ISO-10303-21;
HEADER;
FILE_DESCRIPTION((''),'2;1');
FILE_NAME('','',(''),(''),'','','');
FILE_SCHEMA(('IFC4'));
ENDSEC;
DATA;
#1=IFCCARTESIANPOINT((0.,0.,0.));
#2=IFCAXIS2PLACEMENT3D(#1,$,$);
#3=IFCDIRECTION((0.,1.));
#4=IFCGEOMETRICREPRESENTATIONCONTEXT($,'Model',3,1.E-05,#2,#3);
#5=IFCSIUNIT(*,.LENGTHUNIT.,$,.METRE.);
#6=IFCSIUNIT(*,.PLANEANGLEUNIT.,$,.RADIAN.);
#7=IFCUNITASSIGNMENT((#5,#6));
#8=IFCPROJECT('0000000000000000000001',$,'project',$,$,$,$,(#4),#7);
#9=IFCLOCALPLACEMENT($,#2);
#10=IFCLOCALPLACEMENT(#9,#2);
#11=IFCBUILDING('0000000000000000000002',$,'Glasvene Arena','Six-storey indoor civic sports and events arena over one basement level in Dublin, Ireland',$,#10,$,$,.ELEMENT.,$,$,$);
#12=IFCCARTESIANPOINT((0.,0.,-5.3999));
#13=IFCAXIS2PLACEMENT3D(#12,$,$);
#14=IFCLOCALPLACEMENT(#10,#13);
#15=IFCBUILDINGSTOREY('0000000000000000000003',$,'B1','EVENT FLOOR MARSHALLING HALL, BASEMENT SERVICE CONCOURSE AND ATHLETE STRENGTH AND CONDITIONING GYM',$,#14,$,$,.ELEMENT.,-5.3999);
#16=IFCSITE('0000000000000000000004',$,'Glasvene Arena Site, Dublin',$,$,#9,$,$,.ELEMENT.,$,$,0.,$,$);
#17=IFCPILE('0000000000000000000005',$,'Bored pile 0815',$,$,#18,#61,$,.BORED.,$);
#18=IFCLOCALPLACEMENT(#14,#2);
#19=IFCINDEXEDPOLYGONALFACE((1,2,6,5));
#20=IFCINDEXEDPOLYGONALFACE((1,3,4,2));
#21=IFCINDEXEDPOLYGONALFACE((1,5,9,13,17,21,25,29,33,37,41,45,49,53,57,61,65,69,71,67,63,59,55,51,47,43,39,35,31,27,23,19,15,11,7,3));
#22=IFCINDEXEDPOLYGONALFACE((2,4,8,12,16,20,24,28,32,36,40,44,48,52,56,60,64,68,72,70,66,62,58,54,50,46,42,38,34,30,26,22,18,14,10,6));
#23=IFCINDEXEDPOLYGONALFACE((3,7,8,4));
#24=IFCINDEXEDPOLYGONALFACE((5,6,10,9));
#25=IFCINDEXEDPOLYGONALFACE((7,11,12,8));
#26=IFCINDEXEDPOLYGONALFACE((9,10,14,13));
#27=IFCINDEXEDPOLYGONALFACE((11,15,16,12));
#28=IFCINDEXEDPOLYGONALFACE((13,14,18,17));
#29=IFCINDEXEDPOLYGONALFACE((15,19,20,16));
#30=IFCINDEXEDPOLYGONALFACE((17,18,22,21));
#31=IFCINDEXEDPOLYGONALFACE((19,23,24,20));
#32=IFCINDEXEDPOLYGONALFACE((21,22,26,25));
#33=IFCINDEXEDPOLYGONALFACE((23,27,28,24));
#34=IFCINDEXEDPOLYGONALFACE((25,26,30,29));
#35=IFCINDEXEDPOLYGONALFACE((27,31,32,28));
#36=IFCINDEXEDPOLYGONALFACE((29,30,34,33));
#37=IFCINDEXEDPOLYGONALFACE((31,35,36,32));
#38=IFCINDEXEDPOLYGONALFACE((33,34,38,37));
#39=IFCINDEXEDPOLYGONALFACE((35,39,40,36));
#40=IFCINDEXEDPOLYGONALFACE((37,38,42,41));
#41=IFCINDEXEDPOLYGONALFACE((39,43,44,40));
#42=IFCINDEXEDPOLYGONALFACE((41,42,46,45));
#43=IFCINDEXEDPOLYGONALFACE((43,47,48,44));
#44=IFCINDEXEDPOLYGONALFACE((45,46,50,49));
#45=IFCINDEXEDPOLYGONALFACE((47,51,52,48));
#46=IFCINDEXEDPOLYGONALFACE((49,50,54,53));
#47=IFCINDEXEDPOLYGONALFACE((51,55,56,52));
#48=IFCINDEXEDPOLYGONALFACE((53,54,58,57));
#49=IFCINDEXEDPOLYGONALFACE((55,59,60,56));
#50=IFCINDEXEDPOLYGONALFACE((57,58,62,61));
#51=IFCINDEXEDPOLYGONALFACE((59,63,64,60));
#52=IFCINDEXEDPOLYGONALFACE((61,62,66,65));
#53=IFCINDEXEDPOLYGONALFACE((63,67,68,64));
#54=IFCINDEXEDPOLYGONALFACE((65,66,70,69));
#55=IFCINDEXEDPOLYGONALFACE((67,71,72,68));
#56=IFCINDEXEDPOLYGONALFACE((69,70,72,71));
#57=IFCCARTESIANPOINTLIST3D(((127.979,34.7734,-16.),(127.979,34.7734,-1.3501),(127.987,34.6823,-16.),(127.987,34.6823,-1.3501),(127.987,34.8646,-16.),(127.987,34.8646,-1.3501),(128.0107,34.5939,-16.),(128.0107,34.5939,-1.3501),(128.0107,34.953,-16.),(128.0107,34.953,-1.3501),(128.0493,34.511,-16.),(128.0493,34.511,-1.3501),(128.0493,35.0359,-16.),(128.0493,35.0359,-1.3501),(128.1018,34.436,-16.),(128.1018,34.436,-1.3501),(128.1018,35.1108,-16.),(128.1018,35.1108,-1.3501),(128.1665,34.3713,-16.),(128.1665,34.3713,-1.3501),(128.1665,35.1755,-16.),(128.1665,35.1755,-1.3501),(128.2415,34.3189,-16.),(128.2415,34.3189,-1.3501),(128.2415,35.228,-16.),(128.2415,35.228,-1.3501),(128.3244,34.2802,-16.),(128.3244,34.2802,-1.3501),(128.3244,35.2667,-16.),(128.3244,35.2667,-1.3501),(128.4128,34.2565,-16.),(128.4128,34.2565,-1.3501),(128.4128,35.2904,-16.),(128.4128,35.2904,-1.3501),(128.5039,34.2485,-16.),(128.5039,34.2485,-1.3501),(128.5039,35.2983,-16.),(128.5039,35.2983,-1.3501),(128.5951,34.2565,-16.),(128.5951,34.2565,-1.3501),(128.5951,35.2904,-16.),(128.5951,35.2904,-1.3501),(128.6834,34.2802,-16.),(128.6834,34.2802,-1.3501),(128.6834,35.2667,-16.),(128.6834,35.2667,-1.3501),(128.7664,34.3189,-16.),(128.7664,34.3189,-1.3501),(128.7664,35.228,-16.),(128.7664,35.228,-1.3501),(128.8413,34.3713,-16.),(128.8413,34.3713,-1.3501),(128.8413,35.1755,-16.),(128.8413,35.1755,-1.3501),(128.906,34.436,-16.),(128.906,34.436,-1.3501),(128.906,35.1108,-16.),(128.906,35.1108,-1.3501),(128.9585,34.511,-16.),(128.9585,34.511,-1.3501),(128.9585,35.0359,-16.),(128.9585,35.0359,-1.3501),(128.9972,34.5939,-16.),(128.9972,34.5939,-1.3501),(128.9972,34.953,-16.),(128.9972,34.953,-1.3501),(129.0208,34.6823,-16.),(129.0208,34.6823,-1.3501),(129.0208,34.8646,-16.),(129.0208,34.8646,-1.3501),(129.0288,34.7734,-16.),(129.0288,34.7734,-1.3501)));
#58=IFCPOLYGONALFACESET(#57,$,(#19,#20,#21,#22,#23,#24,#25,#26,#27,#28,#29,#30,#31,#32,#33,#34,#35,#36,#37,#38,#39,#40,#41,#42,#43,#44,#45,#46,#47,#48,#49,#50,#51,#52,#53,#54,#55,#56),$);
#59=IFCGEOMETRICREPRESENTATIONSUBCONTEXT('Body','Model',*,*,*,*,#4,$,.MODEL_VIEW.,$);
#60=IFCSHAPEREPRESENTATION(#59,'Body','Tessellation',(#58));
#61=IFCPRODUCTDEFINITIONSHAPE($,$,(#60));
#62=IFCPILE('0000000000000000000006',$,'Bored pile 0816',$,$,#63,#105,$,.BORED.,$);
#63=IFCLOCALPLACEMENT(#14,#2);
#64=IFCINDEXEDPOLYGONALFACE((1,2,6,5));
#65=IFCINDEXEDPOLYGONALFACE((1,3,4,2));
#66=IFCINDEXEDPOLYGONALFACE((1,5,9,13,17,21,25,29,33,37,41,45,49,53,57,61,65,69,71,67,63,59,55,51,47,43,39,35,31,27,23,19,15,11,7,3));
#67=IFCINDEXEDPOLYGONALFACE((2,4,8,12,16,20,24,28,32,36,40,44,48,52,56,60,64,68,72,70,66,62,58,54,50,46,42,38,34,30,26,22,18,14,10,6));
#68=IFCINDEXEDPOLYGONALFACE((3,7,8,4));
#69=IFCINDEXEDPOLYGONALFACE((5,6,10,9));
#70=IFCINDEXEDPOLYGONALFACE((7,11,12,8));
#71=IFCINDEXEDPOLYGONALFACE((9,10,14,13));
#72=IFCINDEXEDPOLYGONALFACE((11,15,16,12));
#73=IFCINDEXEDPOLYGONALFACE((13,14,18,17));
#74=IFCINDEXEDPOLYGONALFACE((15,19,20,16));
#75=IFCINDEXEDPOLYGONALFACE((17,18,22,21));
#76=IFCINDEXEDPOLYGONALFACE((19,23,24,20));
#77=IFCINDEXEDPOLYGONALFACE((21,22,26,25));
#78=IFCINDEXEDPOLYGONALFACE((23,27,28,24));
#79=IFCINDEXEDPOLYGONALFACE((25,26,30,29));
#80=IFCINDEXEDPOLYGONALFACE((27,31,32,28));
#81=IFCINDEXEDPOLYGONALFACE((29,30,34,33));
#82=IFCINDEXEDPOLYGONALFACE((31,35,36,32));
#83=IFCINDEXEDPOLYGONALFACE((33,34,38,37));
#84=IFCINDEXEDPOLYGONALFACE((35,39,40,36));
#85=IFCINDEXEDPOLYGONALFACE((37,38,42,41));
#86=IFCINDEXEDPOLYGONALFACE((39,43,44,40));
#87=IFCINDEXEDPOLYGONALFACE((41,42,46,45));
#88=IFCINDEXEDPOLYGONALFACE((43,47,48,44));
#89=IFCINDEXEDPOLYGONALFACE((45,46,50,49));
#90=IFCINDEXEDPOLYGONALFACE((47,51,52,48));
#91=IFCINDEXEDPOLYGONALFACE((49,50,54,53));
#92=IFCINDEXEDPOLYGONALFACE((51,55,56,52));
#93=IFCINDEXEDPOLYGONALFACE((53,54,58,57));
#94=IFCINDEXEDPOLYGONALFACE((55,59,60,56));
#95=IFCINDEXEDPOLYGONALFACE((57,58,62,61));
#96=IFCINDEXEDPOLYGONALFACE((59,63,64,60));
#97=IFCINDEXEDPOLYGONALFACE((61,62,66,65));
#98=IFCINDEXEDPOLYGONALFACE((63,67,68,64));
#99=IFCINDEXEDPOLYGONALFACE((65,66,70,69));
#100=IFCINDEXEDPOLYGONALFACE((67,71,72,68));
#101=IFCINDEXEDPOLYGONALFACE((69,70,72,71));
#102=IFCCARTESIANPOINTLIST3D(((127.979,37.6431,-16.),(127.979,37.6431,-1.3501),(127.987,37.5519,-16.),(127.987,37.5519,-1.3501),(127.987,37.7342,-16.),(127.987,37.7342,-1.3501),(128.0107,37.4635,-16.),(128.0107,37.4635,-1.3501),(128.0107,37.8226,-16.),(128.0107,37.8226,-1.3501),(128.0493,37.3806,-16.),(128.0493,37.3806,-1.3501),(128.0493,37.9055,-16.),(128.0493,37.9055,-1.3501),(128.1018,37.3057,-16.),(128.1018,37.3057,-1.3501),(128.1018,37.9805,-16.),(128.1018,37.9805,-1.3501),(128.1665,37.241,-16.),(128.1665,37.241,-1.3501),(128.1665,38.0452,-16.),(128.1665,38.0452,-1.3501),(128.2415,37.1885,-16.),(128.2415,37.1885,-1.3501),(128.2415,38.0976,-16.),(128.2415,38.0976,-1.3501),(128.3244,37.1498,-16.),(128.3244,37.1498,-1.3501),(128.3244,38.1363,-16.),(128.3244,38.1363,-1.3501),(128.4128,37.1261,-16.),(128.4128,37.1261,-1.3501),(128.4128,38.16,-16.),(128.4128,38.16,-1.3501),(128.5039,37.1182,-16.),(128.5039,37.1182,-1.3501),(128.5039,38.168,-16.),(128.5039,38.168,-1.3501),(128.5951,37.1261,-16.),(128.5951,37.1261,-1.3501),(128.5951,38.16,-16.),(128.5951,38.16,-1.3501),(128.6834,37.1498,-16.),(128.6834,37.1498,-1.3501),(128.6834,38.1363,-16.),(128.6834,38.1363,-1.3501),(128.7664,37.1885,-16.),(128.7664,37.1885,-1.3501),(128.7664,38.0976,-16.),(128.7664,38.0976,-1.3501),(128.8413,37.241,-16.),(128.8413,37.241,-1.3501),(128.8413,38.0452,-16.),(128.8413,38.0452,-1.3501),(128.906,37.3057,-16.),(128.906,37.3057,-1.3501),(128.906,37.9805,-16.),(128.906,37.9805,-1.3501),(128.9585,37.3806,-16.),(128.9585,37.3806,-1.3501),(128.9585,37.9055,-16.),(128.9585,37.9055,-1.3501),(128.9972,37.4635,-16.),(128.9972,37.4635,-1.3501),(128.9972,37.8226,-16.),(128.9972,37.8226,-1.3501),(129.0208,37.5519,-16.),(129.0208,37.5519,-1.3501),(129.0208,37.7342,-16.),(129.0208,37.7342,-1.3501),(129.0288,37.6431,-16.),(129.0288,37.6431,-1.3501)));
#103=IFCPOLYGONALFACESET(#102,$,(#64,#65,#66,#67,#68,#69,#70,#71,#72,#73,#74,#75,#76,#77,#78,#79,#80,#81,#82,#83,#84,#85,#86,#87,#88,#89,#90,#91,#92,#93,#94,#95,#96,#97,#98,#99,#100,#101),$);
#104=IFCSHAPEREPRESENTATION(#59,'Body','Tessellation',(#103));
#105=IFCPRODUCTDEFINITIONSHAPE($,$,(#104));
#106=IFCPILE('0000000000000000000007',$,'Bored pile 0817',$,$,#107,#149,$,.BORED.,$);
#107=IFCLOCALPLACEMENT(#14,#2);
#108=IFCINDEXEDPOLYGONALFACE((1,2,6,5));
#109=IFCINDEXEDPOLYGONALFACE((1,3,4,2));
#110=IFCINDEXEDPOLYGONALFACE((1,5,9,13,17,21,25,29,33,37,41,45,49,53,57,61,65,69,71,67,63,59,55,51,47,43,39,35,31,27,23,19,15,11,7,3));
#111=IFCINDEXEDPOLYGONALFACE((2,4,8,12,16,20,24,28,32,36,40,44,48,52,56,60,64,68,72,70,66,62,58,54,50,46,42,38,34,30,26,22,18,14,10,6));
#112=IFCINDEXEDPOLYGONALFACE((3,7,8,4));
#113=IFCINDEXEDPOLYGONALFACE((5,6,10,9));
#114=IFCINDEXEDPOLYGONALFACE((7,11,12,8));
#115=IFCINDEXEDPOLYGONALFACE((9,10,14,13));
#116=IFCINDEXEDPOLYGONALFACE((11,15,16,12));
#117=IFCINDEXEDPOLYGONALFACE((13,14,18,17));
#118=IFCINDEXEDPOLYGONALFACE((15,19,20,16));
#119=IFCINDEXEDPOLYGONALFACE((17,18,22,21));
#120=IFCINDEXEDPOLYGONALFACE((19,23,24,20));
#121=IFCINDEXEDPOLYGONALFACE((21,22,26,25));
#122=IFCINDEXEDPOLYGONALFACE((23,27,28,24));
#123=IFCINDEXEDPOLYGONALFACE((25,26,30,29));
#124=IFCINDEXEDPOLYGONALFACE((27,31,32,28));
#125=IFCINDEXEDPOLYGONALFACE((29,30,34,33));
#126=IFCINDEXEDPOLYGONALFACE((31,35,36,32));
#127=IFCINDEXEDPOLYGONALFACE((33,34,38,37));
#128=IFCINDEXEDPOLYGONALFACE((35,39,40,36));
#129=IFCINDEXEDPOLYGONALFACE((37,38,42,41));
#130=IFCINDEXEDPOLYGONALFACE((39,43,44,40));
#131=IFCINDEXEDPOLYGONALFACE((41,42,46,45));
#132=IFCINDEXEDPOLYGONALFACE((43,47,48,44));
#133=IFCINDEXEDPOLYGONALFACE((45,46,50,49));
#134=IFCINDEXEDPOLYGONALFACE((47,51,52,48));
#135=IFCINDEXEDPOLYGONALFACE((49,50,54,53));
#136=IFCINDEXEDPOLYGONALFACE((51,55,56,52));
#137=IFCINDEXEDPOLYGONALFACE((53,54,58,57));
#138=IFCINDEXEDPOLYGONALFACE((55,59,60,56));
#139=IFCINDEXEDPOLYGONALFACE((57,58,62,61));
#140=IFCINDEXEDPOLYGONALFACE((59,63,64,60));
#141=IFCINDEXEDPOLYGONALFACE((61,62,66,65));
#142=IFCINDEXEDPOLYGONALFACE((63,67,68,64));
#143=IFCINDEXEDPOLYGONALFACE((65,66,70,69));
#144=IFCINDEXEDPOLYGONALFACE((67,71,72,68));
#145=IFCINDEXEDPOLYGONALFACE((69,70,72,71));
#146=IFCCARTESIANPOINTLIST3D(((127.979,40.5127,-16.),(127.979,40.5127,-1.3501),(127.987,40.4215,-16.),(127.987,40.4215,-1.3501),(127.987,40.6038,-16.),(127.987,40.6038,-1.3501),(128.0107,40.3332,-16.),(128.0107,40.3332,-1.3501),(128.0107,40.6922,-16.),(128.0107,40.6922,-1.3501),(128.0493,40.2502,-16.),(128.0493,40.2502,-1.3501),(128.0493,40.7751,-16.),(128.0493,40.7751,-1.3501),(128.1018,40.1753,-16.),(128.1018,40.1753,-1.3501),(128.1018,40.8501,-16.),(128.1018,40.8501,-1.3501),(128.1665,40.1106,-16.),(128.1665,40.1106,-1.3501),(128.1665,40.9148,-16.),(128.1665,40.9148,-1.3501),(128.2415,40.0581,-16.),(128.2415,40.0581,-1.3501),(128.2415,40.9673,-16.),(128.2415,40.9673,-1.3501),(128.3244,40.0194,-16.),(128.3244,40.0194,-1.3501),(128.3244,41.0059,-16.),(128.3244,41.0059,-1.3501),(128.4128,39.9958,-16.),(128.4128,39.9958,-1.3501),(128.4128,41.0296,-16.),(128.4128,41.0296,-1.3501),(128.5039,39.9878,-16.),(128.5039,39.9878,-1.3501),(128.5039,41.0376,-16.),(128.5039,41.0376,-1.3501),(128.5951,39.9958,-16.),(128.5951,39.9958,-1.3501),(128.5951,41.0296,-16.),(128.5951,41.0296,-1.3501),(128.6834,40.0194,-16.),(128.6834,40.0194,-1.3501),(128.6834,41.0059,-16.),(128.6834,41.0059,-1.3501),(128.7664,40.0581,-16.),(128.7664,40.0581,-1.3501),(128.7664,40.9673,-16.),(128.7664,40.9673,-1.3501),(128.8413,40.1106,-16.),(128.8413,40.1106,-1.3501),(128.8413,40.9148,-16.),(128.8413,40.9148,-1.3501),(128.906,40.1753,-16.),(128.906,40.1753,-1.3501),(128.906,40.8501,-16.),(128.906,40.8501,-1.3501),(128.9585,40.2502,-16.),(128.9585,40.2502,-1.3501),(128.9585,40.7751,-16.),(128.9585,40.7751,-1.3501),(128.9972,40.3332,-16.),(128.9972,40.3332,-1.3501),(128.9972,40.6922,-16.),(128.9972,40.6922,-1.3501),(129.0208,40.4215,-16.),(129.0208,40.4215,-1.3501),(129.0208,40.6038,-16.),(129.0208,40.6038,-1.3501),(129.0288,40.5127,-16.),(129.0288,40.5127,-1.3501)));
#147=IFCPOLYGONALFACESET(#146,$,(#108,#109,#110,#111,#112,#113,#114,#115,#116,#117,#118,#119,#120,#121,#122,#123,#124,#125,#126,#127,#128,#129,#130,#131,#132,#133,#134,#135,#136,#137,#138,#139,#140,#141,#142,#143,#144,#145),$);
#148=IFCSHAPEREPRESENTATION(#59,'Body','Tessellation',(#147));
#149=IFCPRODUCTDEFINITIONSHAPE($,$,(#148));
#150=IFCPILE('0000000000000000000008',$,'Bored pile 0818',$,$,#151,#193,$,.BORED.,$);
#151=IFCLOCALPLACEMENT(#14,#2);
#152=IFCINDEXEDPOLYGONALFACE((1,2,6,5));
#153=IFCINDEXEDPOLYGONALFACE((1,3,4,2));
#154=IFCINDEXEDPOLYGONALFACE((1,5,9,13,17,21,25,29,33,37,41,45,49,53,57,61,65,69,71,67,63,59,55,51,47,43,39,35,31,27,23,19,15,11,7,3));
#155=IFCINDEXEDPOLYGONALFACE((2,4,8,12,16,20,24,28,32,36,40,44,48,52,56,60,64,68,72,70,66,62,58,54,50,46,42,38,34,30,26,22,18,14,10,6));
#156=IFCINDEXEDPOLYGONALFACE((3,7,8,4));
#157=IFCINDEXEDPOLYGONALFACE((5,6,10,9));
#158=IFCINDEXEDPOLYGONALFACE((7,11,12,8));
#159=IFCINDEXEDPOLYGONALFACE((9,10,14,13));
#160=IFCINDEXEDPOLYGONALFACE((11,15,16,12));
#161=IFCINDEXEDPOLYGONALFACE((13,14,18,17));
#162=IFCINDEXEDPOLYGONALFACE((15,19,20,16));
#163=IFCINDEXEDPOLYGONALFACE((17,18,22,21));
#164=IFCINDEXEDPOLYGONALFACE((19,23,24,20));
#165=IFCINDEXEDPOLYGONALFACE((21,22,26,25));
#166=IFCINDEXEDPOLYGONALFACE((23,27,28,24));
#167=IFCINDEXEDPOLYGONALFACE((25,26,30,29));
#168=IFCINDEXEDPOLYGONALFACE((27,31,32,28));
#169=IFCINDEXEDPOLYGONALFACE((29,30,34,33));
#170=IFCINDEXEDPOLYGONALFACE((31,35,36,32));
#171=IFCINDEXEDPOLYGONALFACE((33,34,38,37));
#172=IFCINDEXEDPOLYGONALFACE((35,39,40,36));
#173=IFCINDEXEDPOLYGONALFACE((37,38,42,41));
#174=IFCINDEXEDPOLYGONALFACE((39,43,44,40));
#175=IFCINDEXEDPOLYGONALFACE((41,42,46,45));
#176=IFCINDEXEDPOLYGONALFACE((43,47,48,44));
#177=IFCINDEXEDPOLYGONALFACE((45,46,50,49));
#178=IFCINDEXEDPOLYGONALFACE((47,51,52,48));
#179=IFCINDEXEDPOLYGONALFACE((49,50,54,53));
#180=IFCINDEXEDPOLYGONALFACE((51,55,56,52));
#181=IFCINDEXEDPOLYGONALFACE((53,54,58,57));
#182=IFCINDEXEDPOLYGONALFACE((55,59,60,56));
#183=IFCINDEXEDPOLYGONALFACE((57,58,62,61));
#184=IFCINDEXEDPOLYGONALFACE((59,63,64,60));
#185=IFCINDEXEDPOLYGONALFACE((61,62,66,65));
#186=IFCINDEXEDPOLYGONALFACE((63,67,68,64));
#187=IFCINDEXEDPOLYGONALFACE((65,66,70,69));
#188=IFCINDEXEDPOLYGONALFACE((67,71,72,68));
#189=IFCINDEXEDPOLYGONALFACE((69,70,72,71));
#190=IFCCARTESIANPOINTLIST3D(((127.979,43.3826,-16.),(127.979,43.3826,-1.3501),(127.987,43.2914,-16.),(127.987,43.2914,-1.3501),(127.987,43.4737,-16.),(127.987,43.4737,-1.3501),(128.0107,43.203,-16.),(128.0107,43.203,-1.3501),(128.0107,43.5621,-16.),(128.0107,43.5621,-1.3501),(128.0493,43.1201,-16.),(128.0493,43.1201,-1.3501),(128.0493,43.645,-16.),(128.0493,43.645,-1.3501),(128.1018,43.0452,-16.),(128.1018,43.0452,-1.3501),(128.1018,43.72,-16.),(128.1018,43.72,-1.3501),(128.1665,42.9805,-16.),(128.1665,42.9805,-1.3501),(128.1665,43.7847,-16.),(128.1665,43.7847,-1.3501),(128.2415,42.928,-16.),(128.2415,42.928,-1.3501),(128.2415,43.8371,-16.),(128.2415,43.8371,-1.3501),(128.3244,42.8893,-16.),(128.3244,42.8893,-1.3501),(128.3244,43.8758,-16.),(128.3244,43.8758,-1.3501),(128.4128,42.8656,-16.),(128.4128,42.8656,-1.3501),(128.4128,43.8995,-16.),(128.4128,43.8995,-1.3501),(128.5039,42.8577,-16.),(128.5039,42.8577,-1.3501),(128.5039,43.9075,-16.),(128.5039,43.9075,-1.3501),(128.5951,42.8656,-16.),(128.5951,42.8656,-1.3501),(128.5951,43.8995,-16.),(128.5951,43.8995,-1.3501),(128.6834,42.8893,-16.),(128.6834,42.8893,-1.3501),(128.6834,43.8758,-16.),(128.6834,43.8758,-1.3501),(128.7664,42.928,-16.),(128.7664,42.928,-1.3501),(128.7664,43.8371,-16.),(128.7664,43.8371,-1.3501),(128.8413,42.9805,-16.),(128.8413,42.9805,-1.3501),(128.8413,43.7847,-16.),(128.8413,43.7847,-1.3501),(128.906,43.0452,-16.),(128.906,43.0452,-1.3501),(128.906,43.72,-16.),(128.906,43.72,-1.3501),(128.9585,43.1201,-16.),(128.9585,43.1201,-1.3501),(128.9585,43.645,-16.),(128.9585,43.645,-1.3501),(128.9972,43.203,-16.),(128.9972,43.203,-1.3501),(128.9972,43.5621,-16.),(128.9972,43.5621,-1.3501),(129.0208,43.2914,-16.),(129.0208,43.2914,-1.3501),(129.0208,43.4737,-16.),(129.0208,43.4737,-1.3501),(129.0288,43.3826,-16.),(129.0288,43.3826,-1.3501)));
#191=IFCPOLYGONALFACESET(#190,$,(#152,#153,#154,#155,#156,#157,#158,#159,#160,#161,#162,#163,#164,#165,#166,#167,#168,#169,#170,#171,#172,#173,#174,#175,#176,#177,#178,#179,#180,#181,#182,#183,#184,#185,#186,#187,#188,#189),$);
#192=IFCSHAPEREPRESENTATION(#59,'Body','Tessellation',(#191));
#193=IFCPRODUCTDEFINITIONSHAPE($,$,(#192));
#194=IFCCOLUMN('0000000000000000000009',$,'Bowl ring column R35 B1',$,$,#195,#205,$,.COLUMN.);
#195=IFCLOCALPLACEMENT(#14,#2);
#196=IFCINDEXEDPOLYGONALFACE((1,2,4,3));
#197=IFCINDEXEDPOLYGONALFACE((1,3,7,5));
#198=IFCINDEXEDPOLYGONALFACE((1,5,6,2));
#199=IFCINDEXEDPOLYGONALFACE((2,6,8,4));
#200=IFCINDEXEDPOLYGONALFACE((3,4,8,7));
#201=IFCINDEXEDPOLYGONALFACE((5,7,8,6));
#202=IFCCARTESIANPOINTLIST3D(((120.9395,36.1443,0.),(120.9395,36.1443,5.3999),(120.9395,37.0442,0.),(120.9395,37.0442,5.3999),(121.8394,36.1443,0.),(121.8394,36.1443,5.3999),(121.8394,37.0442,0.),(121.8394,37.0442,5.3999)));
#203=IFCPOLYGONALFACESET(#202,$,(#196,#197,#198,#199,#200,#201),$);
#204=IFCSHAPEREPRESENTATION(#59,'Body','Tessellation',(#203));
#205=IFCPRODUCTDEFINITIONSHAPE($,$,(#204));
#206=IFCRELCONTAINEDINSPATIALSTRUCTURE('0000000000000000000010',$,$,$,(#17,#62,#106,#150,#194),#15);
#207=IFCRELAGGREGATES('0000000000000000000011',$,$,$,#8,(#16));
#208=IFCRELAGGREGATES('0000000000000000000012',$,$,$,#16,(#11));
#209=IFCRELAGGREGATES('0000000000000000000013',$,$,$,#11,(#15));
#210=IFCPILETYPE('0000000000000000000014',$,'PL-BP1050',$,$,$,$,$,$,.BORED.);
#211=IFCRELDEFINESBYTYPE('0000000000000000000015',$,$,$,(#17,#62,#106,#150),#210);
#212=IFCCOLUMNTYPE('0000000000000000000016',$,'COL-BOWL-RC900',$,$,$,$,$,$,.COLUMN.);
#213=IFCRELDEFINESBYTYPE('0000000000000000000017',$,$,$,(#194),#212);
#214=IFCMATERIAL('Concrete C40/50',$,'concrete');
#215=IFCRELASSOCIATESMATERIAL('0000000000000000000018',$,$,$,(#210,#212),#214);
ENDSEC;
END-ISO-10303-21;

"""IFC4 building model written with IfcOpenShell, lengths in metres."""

from ifc_helpers import new_model, si_unit, direction, frame, origin, origin_2d, place, context, subcontext, project, spatial, rectangle, circle, extrude, material, material_profile, profile_set, type_object, element, save


model = new_model("IFC4")

# Units and contexts
model_context = context("Model", 3, precision=1e-05, world=origin(), true_north=direction((0.0, 1.0)))
body_context = subcontext(model_context, "Body", "Model", "MODEL_VIEW")
ifc_project = project(units=[si_unit("LENGTHUNIT", "METRE"), si_unit("PLANEANGLEUNIT", "RADIAN")], contexts=[model_context])

# Site, building, storey
site_placement = place(None, origin())
site = spatial("IfcSite", under=ifc_project, at=site_placement, Name="Glasvene Arena Site, Dublin", CompositionType="ELEMENT", RefElevation=0.0)
building_placement = place(site_placement, origin())
building = spatial("IfcBuilding", under=site, at=building_placement, Name="Glasvene Arena", Description="Six-storey indoor civic sports and events arena over one basement level in Dublin, Ireland", CompositionType="ELEMENT")
storey_placement = place(building_placement, frame((0.0, 0.0, -5.3999)))
storey = spatial("IfcBuildingStorey", under=building, at=storey_placement, Name="B1", Description="EVENT FLOOR MARSHALLING HALL, BASEMENT SERVICE CONCOURSE AND ATHLETE STRENGTH AND CONDITIONING GYM", CompositionType="ELEMENT", Elevation=-5.3999)

# Piles
ifc_material_1 = material(Name="Concrete C40/50", Category="concrete")
ifc_material_profile_1 = material_profile(ifc_material_1, circle(Radius=0.5249, at=origin_2d()), Name="BORED PILE 1050")
ifc_profile_set_1 = profile_set([ifc_material_profile_1], Name="Concrete C40/50")
pile_type = type_object("IfcPileType", Name="PL-BP1050", PredefinedType="BORED", material=ifc_profile_set_1)
for number, where, z_axis, x_axis, name in (
    (1, (128.5039, 34.7734, -1.3501), (0.0, 0.0, -1.0), (1.0, 0.0, 0.0), "Bored pile 0815"),
    (2, (128.5039, 37.6431, -1.3501), (0.0, 0.0, -1.0), (1.0, 0.0, 0.0), "Bored pile 0816"),
    (3, (128.5039, 40.5127, -1.3501), (0.0, 0.0, -1.0), (1.0, 0.0, 0.0), "Bored pile 0817"),
    (4, (128.5039, 43.3826, -1.3501), (0.0, 0.0, -1.0), (1.0, 0.0, 0.0), "Bored pile 0818"),
):
    element("IfcPile", number, at=place(storey_placement, frame(where, z_axis=z_axis, x_axis=x_axis)), inside=storey, type_object=pile_type, Name=name, PredefinedType="BORED", context=body_context, shape_type="SweptSolid", body=[
        extrude(circle(Radius=0.5249, at=origin_2d()), origin(), (0.0, 0.0, 1.0), 14.6499),
    ])

# Column
ifc_material_profile_2 = material_profile(ifc_material_1, rectangle(XDim=0.8999, YDim=0.8999, at=origin_2d()), Name="RC 900x900")
ifc_profile_set_2 = profile_set([ifc_material_profile_2], Name="Concrete C40/50")
column_type_1 = type_object("IfcColumnType", Name="COL-BOWL-RC900", PredefinedType="COLUMN", material=ifc_profile_set_2)
for number, where, z_axis, x_axis, name in (
    (5, (121.3894, 36.5942, 0.0), (0.0, 0.0, 1.0), (1.0, 0.0, 0.0), "Bowl ring column R35 B1"),
):
    element("IfcColumn", number, at=place(storey_placement, frame(where, z_axis=z_axis, x_axis=x_axis)), inside=storey, type_object=column_type_1, Name=name, PredefinedType="COLUMN", context=body_context, shape_type="SweptSolid", body=[
        extrude(rectangle(XDim=0.8999, YDim=0.8999, at=origin_2d()), origin(), (0.0, 0.0, 1.0), 5.3999),
    ])

save(model, "model.ifc")
